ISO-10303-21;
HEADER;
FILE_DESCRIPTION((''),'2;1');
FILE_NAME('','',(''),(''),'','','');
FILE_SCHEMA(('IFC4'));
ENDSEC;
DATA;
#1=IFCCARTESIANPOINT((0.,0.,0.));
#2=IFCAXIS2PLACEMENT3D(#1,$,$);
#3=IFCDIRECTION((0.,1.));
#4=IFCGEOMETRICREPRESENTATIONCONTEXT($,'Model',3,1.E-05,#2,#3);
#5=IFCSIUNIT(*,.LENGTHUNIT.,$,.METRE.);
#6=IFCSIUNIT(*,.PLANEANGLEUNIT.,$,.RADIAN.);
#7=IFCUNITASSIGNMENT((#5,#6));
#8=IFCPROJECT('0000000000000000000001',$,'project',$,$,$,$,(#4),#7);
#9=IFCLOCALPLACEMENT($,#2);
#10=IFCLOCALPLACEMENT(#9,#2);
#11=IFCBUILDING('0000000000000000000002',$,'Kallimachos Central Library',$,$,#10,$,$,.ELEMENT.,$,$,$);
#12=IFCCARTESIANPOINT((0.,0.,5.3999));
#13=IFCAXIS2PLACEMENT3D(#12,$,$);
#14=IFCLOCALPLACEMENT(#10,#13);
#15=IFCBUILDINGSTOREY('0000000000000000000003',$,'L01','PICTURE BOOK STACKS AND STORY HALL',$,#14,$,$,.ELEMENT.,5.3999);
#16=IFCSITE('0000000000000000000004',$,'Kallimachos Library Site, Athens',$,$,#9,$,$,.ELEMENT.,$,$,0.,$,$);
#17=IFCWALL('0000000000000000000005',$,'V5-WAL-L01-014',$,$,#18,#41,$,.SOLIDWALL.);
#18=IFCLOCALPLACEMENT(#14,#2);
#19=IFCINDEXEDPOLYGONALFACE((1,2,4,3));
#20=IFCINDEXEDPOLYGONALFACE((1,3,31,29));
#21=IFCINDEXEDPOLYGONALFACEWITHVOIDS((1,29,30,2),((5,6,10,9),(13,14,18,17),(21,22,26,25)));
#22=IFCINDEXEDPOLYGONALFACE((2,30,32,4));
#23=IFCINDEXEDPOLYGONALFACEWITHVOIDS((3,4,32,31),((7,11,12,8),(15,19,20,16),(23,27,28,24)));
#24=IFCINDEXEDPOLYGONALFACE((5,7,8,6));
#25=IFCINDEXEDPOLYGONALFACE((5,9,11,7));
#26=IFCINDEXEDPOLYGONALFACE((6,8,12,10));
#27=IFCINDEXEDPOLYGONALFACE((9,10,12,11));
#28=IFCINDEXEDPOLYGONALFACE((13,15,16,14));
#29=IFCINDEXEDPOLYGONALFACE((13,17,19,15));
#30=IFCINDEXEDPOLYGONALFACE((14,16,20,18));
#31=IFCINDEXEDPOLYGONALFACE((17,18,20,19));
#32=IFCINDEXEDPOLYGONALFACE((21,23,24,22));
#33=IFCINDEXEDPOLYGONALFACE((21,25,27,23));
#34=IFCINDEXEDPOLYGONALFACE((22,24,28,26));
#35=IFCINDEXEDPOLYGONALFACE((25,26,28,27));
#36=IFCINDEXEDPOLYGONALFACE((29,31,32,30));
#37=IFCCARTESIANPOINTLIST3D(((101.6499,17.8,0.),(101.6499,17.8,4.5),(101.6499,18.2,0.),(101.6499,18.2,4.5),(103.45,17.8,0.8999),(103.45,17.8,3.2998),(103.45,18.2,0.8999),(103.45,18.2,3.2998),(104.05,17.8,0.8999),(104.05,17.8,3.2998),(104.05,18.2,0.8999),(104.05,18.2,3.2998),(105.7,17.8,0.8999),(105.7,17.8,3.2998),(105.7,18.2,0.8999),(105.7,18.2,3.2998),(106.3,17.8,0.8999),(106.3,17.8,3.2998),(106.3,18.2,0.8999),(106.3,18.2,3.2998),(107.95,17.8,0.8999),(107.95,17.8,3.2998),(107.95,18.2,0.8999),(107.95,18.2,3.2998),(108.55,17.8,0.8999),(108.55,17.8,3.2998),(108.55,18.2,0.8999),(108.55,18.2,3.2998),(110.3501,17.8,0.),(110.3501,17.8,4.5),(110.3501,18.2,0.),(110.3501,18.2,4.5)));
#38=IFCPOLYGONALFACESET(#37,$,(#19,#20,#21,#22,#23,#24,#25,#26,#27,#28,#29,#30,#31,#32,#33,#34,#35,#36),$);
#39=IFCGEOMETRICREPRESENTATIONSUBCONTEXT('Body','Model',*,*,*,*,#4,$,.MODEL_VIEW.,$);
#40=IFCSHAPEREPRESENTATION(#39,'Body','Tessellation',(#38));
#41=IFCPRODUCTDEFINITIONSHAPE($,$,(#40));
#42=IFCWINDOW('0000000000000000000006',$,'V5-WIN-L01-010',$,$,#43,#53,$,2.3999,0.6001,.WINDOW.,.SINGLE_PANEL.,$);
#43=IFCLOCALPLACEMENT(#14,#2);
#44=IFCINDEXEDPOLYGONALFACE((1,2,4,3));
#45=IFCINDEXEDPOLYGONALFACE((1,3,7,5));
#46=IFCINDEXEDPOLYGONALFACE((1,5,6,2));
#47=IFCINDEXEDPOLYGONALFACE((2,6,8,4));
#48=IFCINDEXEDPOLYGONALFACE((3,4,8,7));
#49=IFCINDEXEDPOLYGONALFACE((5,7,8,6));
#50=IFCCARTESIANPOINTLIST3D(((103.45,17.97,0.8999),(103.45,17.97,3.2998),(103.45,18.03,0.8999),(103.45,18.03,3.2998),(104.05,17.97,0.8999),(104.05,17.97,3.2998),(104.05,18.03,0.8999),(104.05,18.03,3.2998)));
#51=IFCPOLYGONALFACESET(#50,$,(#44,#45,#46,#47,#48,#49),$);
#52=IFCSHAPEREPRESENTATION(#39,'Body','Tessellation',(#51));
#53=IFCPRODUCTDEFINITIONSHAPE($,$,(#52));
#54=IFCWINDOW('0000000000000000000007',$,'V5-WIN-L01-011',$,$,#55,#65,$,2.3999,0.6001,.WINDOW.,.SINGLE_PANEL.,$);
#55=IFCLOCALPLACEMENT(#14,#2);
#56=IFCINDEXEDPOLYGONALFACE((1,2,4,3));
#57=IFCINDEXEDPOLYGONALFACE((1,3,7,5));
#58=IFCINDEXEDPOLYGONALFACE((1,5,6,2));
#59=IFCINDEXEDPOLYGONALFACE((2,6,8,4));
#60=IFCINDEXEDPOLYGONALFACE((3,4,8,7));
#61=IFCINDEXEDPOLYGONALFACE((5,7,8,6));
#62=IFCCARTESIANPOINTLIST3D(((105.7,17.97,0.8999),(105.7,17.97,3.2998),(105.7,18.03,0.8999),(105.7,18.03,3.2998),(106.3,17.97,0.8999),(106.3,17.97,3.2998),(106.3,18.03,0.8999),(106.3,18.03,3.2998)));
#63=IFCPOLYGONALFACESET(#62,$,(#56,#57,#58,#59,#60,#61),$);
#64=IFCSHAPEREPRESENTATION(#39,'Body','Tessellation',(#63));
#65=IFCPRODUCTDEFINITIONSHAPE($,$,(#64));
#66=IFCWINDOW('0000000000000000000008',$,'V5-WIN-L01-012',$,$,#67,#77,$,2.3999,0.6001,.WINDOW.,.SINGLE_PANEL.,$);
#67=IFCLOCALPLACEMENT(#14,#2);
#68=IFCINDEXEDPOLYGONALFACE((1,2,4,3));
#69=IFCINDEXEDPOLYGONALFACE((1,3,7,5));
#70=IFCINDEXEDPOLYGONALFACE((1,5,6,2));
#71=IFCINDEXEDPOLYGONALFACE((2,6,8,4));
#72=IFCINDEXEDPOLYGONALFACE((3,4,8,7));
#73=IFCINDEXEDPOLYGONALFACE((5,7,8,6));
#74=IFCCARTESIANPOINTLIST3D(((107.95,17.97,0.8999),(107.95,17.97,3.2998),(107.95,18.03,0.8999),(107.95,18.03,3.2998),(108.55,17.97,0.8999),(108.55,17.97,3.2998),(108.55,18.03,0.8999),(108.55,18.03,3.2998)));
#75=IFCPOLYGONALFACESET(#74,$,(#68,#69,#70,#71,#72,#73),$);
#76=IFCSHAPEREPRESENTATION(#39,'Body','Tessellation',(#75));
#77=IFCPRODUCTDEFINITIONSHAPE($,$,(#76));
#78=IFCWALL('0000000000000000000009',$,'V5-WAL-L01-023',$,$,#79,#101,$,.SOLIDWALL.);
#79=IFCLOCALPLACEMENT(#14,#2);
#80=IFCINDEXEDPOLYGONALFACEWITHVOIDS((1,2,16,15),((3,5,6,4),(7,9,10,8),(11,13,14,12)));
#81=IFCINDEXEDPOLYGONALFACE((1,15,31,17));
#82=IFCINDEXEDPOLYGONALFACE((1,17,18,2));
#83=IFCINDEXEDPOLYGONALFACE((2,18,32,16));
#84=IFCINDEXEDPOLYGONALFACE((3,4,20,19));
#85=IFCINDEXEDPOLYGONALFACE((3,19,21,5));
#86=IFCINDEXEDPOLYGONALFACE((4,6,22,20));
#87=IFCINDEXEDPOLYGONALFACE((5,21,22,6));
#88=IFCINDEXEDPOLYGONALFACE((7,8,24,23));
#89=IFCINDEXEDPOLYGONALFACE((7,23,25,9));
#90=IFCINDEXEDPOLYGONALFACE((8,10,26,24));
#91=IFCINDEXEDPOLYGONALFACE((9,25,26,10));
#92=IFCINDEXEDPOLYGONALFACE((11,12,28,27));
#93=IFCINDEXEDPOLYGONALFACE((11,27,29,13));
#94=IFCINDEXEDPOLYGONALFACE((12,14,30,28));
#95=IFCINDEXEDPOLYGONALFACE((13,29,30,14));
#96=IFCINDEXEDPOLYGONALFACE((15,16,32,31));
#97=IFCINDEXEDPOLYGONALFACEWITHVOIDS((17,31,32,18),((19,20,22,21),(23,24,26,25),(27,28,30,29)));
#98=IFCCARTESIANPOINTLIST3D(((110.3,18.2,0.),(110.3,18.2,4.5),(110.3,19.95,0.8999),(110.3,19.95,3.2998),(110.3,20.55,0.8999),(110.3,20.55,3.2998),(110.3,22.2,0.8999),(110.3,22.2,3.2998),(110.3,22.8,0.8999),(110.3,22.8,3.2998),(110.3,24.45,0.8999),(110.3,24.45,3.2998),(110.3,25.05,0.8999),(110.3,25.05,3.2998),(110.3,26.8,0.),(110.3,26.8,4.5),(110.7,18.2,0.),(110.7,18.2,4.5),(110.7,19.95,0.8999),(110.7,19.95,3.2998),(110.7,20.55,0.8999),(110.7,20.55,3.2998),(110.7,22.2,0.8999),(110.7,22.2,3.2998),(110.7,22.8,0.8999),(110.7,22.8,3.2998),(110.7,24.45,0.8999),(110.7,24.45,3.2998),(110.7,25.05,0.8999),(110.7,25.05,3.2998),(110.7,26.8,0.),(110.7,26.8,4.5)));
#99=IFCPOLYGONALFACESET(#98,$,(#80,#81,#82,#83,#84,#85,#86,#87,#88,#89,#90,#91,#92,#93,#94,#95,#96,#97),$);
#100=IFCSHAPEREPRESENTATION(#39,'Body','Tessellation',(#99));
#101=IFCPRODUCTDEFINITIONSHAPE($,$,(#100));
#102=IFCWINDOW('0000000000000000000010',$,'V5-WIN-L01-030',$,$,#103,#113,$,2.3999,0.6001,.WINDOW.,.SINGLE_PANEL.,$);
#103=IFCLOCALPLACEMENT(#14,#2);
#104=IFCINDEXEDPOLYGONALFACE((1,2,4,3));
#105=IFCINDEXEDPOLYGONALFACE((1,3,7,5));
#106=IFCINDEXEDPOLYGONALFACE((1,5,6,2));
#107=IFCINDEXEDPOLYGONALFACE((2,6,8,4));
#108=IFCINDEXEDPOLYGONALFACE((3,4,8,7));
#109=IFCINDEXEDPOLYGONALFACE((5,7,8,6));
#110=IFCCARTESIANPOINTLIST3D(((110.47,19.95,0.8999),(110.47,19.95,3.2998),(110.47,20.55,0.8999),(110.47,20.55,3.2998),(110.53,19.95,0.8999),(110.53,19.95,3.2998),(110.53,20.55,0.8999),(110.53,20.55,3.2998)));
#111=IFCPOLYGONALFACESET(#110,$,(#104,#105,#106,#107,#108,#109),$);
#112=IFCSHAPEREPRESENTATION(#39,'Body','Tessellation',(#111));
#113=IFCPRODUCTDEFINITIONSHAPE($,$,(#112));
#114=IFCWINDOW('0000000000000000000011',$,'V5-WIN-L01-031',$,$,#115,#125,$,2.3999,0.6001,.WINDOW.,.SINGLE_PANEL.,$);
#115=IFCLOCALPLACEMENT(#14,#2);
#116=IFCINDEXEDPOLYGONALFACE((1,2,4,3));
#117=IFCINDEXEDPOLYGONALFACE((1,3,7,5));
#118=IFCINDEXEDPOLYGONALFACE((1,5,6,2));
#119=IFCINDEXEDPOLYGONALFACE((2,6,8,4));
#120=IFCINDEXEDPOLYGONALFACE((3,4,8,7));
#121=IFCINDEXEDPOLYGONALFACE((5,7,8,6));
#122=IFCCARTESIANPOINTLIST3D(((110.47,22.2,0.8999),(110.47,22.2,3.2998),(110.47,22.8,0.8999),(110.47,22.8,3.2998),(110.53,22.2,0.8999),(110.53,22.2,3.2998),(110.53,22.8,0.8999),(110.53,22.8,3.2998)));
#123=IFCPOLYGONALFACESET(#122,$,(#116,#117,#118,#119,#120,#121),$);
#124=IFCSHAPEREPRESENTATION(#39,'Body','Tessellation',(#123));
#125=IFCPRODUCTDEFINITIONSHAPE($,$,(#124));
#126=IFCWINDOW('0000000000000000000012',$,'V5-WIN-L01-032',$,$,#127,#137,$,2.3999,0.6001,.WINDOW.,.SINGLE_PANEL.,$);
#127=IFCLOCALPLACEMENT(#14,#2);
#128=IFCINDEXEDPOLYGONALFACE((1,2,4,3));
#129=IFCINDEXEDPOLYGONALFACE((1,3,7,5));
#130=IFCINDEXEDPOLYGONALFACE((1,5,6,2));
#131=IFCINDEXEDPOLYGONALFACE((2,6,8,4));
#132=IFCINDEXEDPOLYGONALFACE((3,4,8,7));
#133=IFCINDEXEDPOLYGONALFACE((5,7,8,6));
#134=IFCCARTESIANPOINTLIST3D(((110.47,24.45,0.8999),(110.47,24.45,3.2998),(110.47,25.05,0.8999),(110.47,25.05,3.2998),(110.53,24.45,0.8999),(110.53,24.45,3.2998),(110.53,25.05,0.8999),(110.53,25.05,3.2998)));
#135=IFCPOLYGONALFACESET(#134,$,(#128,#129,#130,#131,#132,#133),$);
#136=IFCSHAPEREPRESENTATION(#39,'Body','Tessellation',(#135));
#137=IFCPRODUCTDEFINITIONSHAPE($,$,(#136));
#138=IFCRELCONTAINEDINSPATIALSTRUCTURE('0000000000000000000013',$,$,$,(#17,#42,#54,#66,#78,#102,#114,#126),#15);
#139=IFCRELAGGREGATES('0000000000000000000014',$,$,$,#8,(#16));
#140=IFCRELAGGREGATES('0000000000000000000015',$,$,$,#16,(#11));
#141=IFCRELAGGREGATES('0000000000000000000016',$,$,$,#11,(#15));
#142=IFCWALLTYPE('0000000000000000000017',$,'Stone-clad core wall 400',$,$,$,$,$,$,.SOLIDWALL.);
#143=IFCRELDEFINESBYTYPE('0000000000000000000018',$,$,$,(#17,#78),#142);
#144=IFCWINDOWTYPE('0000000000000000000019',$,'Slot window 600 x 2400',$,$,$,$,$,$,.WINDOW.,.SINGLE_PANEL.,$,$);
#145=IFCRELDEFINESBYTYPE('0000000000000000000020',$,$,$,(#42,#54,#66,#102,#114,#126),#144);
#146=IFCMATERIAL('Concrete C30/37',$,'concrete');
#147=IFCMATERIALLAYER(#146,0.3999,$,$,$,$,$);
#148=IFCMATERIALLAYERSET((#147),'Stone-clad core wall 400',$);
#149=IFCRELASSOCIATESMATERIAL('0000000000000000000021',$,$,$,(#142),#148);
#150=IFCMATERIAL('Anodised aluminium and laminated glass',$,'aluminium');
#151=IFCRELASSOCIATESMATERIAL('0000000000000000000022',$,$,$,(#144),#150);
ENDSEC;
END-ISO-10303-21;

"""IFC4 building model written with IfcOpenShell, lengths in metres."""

from ifc_helpers import new_model, si_unit, direction, frame, frame_2d, origin, place, context, subcontext, project, spatial, rectangle, extrude, material, layer, layer_set, type_object, element, fill, save


model = new_model("IFC4")

# Units and contexts
model_context = context("Model", 3, precision=1e-05, world=origin(), true_north=direction((0.0, 1.0)))
body_context = subcontext(model_context, "Body", "Model", "MODEL_VIEW")
ifc_project = project(units=[si_unit("LENGTHUNIT", "METRE"), si_unit("PLANEANGLEUNIT", "RADIAN")], contexts=[model_context])

# Site, building, storey
site_placement = place(None, origin())
site = spatial("IfcSite", under=ifc_project, at=site_placement, Name="Kallimachos Library Site, Athens", CompositionType="ELEMENT", RefElevation=0.0)
building_placement = place(site_placement, origin())
building = spatial("IfcBuilding", under=site, at=building_placement, Name="Kallimachos Central Library", CompositionType="ELEMENT")
storey_placement = place(building_placement, frame((0.0, 0.0, 5.3999)))
storey = spatial("IfcBuildingStorey", under=building, at=storey_placement, Name="L01", Description="PICTURE BOOK STACKS AND STORY HALL", CompositionType="ELEMENT", Elevation=5.3999)

# Walls, openings, windows
ifc_material_1 = material(Name="Concrete C30/37", Category="concrete")
ifc_layer_1 = layer(ifc_material_1, 0.3999)
ifc_layer_set_1 = layer_set([ifc_layer_1], Name="Stone-clad core wall 400")
wall_type_1 = type_object("IfcWallType", Name="Stone-clad core wall 400", PredefinedType="SOLIDWALL", material=ifc_layer_set_1)
wall_1_placement = place(storey_placement, frame((101.6499, 18.0, 0.0), z_axis=(0.0, 0.0, 1.0), x_axis=(1.0, 0.0, 0.0)))
wall_1 = element("IfcWall", 1, at=wall_1_placement, inside=storey, type_object=wall_type_1, Name="V5-WAL-L01-014", PredefinedType="SOLIDWALL", context=body_context, shape_type="SweptSolid", body=[
    extrude(rectangle(XDim=8.7002, YDim=0.3999, at=frame_2d((4.3501, 0.0))), origin(), (0.0, 0.0, 1.0), 4.5),
])
opening_1_placement = place(wall_1_placement, frame((1.8, 0.0, 0.8999)))
opening_1 = element("IfcOpeningElement", 2, at=opening_1_placement, cuts=wall_1, PredefinedType="OPENING", context=body_context, shape_type="SweptSolid", body=[
    extrude(rectangle(XDim=0.6001, YDim=2.3999, at=frame_2d((0.3, 1.2))), frame((0.0, 0.21, 0.0), z_axis=(0.0, -1.0, 0.0), x_axis=(1.0, 0.0, 0.0)), (0.0, 0.0, 1.0), 0.4199),
])
opening_2_placement = place(wall_1_placement, frame((4.05, 0.0, 0.8999)))
opening_2 = element("IfcOpeningElement", 3, at=opening_2_placement, cuts=wall_1, PredefinedType="OPENING", context=body_context, shape_type="SweptSolid", body=[
    extrude(rectangle(XDim=0.6001, YDim=2.3999, at=frame_2d((0.3, 1.2))), frame((0.0, 0.21, 0.0), z_axis=(0.0, -1.0, 0.0), x_axis=(1.0, 0.0, 0.0)), (0.0, 0.0, 1.0), 0.4199),
])
opening_3_placement = place(wall_1_placement, frame((6.3, 0.0, 0.8999)))
opening_3 = element("IfcOpeningElement", 4, at=opening_3_placement, cuts=wall_1, PredefinedType="OPENING", context=body_context, shape_type="SweptSolid", body=[
    extrude(rectangle(XDim=0.6001, YDim=2.3999, at=frame_2d((0.3, 1.2))), frame((0.0, 0.21, 0.0), z_axis=(0.0, -1.0, 0.0), x_axis=(1.0, 0.0, 0.0)), (0.0, 0.0, 1.0), 0.4199),
])
ifc_material_2 = material(Name="Anodised aluminium and laminated glass", Category="aluminium")
window_type = type_object("IfcWindowType", Name="Slot window 600 x 2400", PartitioningType="SINGLE_PANEL", PredefinedType="WINDOW", material=ifc_material_2)
window_1_placement = place(opening_1_placement, origin())
window_1 = element("IfcWindow", 5, at=window_1_placement, inside=storey, type_object=window_type, Name="V5-WIN-L01-010", OverallHeight=2.3999, OverallWidth=0.6001, PartitioningType="SINGLE_PANEL", PredefinedType="WINDOW", context=body_context, shape_type="SweptSolid", body=[
    extrude(rectangle(XDim=0.6001, YDim=2.3999, at=frame_2d((0.3, 1.2))), frame((0.0, 0.03, 0.0), z_axis=(0.0, -1.0, 0.0), x_axis=(1.0, 0.0, 0.0)), (0.0, 0.0, 1.0), 0.0601),
])
fill(opening_1, window_1)
window_2_placement = place(opening_2_placement, origin())
window_2 = element("IfcWindow", 6, at=window_2_placement, inside=storey, type_object=window_type, Name="V5-WIN-L01-011", OverallHeight=2.3999, OverallWidth=0.6001, PartitioningType="SINGLE_PANEL", PredefinedType="WINDOW", context=body_context, shape_type="SweptSolid", body=[
    extrude(rectangle(XDim=0.6001, YDim=2.3999, at=frame_2d((0.3, 1.2))), frame((0.0, 0.03, 0.0), z_axis=(0.0, -1.0, 0.0), x_axis=(1.0, 0.0, 0.0)), (0.0, 0.0, 1.0), 0.0601),
])
fill(opening_2, window_2)
window_3_placement = place(opening_3_placement, origin())
window_3 = element("IfcWindow", 7, at=window_3_placement, inside=storey, type_object=window_type, Name="V5-WIN-L01-012", OverallHeight=2.3999, OverallWidth=0.6001, PartitioningType="SINGLE_PANEL", PredefinedType="WINDOW", context=body_context, shape_type="SweptSolid", body=[
    extrude(rectangle(XDim=0.6001, YDim=2.3999, at=frame_2d((0.3, 1.2))), frame((0.0, 0.03, 0.0), z_axis=(0.0, -1.0, 0.0), x_axis=(1.0, 0.0, 0.0)), (0.0, 0.0, 1.0), 0.0601),
])
fill(opening_3, window_3)
wall_2_placement = place(storey_placement, frame((110.5, 18.2, 0.0), z_axis=(0.0, 0.0, 1.0), x_axis=(0.0, 1.0, 0.0)))
wall_2 = element("IfcWall", 8, at=wall_2_placement, inside=storey, type_object=wall_type_1, Name="V5-WAL-L01-023", PredefinedType="SOLIDWALL", context=body_context, shape_type="SweptSolid", body=[
    extrude(rectangle(XDim=8.6001, YDim=0.3999, at=frame_2d((4.3, 0.0))), origin(), (0.0, 0.0, 1.0), 4.5),
])
opening_4_placement = place(wall_2_placement, frame((1.75, 0.0, 0.8999)))
opening_4 = element("IfcOpeningElement", 9, at=opening_4_placement, cuts=wall_2, PredefinedType="OPENING", context=body_context, shape_type="SweptSolid", body=[
    extrude(rectangle(XDim=0.6001, YDim=2.3999, at=frame_2d((0.3, 1.2))), frame((0.0, 0.21, 0.0), z_axis=(0.0, -1.0, 0.0), x_axis=(1.0, 0.0, 0.0)), (0.0, 0.0, 1.0), 0.4199),
])
opening_5_placement = place(wall_2_placement, frame((4.0, 0.0, 0.8999)))
opening_5 = element("IfcOpeningElement", 10, at=opening_5_placement, cuts=wall_2, PredefinedType="OPENING", context=body_context, shape_type="SweptSolid", body=[
    extrude(rectangle(XDim=0.6001, YDim=2.3999, at=frame_2d((0.3, 1.2))), frame((0.0, 0.21, 0.0), z_axis=(0.0, -1.0, 0.0), x_axis=(1.0, 0.0, 0.0)), (0.0, 0.0, 1.0), 0.4199),
])
opening_6_placement = place(wall_2_placement, frame((6.25, 0.0, 0.8999)))
opening_6 = element("IfcOpeningElement", 11, at=opening_6_placement, cuts=wall_2, PredefinedType="OPENING", context=body_context, shape_type="SweptSolid", body=[
    extrude(rectangle(XDim=0.6001, YDim=2.3999, at=frame_2d((0.3, 1.2))), frame((0.0, 0.21, 0.0), z_axis=(0.0, -1.0, 0.0), x_axis=(1.0, 0.0, 0.0)), (0.0, 0.0, 1.0), 0.4199),
])
window_4_placement = place(opening_4_placement, origin())
window_4 = element("IfcWindow", 12, at=window_4_placement, inside=storey, type_object=window_type, Name="V5-WIN-L01-030", OverallHeight=2.3999, OverallWidth=0.6001, PartitioningType="SINGLE_PANEL", PredefinedType="WINDOW", context=body_context, shape_type="SweptSolid", body=[
    extrude(rectangle(XDim=0.6001, YDim=2.3999, at=frame_2d((0.3, 1.2))), frame((0.0, 0.03, 0.0), z_axis=(0.0, -1.0, 0.0), x_axis=(1.0, 0.0, 0.0)), (0.0, 0.0, 1.0), 0.0601),
])
fill(opening_4, window_4)
window_5_placement = place(opening_5_placement, origin())
window_5 = element("IfcWindow", 13, at=window_5_placement, inside=storey, type_object=window_type, Name="V5-WIN-L01-031", OverallHeight=2.3999, OverallWidth=0.6001, PartitioningType="SINGLE_PANEL", PredefinedType="WINDOW", context=body_context, shape_type="SweptSolid", body=[
    extrude(rectangle(XDim=0.6001, YDim=2.3999, at=frame_2d((0.3, 1.2))), frame((0.0, 0.03, 0.0), z_axis=(0.0, -1.0, 0.0), x_axis=(1.0, 0.0, 0.0)), (0.0, 0.0, 1.0), 0.0601),
])
fill(opening_5, window_5)
window_6_placement = place(opening_6_placement, origin())
window_6 = element("IfcWindow", 14, at=window_6_placement, inside=storey, type_object=window_type, Name="V5-WIN-L01-032", OverallHeight=2.3999, OverallWidth=0.6001, PartitioningType="SINGLE_PANEL", PredefinedType="WINDOW", context=body_context, shape_type="SweptSolid", body=[
    extrude(rectangle(XDim=0.6001, YDim=2.3999, at=frame_2d((0.3, 1.2))), frame((0.0, 0.03, 0.0), z_axis=(0.0, -1.0, 0.0), x_axis=(1.0, 0.0, 0.0)), (0.0, 0.0, 1.0), 0.0601),
])
fill(opening_6, window_6)

save(model, "model.ifc")
